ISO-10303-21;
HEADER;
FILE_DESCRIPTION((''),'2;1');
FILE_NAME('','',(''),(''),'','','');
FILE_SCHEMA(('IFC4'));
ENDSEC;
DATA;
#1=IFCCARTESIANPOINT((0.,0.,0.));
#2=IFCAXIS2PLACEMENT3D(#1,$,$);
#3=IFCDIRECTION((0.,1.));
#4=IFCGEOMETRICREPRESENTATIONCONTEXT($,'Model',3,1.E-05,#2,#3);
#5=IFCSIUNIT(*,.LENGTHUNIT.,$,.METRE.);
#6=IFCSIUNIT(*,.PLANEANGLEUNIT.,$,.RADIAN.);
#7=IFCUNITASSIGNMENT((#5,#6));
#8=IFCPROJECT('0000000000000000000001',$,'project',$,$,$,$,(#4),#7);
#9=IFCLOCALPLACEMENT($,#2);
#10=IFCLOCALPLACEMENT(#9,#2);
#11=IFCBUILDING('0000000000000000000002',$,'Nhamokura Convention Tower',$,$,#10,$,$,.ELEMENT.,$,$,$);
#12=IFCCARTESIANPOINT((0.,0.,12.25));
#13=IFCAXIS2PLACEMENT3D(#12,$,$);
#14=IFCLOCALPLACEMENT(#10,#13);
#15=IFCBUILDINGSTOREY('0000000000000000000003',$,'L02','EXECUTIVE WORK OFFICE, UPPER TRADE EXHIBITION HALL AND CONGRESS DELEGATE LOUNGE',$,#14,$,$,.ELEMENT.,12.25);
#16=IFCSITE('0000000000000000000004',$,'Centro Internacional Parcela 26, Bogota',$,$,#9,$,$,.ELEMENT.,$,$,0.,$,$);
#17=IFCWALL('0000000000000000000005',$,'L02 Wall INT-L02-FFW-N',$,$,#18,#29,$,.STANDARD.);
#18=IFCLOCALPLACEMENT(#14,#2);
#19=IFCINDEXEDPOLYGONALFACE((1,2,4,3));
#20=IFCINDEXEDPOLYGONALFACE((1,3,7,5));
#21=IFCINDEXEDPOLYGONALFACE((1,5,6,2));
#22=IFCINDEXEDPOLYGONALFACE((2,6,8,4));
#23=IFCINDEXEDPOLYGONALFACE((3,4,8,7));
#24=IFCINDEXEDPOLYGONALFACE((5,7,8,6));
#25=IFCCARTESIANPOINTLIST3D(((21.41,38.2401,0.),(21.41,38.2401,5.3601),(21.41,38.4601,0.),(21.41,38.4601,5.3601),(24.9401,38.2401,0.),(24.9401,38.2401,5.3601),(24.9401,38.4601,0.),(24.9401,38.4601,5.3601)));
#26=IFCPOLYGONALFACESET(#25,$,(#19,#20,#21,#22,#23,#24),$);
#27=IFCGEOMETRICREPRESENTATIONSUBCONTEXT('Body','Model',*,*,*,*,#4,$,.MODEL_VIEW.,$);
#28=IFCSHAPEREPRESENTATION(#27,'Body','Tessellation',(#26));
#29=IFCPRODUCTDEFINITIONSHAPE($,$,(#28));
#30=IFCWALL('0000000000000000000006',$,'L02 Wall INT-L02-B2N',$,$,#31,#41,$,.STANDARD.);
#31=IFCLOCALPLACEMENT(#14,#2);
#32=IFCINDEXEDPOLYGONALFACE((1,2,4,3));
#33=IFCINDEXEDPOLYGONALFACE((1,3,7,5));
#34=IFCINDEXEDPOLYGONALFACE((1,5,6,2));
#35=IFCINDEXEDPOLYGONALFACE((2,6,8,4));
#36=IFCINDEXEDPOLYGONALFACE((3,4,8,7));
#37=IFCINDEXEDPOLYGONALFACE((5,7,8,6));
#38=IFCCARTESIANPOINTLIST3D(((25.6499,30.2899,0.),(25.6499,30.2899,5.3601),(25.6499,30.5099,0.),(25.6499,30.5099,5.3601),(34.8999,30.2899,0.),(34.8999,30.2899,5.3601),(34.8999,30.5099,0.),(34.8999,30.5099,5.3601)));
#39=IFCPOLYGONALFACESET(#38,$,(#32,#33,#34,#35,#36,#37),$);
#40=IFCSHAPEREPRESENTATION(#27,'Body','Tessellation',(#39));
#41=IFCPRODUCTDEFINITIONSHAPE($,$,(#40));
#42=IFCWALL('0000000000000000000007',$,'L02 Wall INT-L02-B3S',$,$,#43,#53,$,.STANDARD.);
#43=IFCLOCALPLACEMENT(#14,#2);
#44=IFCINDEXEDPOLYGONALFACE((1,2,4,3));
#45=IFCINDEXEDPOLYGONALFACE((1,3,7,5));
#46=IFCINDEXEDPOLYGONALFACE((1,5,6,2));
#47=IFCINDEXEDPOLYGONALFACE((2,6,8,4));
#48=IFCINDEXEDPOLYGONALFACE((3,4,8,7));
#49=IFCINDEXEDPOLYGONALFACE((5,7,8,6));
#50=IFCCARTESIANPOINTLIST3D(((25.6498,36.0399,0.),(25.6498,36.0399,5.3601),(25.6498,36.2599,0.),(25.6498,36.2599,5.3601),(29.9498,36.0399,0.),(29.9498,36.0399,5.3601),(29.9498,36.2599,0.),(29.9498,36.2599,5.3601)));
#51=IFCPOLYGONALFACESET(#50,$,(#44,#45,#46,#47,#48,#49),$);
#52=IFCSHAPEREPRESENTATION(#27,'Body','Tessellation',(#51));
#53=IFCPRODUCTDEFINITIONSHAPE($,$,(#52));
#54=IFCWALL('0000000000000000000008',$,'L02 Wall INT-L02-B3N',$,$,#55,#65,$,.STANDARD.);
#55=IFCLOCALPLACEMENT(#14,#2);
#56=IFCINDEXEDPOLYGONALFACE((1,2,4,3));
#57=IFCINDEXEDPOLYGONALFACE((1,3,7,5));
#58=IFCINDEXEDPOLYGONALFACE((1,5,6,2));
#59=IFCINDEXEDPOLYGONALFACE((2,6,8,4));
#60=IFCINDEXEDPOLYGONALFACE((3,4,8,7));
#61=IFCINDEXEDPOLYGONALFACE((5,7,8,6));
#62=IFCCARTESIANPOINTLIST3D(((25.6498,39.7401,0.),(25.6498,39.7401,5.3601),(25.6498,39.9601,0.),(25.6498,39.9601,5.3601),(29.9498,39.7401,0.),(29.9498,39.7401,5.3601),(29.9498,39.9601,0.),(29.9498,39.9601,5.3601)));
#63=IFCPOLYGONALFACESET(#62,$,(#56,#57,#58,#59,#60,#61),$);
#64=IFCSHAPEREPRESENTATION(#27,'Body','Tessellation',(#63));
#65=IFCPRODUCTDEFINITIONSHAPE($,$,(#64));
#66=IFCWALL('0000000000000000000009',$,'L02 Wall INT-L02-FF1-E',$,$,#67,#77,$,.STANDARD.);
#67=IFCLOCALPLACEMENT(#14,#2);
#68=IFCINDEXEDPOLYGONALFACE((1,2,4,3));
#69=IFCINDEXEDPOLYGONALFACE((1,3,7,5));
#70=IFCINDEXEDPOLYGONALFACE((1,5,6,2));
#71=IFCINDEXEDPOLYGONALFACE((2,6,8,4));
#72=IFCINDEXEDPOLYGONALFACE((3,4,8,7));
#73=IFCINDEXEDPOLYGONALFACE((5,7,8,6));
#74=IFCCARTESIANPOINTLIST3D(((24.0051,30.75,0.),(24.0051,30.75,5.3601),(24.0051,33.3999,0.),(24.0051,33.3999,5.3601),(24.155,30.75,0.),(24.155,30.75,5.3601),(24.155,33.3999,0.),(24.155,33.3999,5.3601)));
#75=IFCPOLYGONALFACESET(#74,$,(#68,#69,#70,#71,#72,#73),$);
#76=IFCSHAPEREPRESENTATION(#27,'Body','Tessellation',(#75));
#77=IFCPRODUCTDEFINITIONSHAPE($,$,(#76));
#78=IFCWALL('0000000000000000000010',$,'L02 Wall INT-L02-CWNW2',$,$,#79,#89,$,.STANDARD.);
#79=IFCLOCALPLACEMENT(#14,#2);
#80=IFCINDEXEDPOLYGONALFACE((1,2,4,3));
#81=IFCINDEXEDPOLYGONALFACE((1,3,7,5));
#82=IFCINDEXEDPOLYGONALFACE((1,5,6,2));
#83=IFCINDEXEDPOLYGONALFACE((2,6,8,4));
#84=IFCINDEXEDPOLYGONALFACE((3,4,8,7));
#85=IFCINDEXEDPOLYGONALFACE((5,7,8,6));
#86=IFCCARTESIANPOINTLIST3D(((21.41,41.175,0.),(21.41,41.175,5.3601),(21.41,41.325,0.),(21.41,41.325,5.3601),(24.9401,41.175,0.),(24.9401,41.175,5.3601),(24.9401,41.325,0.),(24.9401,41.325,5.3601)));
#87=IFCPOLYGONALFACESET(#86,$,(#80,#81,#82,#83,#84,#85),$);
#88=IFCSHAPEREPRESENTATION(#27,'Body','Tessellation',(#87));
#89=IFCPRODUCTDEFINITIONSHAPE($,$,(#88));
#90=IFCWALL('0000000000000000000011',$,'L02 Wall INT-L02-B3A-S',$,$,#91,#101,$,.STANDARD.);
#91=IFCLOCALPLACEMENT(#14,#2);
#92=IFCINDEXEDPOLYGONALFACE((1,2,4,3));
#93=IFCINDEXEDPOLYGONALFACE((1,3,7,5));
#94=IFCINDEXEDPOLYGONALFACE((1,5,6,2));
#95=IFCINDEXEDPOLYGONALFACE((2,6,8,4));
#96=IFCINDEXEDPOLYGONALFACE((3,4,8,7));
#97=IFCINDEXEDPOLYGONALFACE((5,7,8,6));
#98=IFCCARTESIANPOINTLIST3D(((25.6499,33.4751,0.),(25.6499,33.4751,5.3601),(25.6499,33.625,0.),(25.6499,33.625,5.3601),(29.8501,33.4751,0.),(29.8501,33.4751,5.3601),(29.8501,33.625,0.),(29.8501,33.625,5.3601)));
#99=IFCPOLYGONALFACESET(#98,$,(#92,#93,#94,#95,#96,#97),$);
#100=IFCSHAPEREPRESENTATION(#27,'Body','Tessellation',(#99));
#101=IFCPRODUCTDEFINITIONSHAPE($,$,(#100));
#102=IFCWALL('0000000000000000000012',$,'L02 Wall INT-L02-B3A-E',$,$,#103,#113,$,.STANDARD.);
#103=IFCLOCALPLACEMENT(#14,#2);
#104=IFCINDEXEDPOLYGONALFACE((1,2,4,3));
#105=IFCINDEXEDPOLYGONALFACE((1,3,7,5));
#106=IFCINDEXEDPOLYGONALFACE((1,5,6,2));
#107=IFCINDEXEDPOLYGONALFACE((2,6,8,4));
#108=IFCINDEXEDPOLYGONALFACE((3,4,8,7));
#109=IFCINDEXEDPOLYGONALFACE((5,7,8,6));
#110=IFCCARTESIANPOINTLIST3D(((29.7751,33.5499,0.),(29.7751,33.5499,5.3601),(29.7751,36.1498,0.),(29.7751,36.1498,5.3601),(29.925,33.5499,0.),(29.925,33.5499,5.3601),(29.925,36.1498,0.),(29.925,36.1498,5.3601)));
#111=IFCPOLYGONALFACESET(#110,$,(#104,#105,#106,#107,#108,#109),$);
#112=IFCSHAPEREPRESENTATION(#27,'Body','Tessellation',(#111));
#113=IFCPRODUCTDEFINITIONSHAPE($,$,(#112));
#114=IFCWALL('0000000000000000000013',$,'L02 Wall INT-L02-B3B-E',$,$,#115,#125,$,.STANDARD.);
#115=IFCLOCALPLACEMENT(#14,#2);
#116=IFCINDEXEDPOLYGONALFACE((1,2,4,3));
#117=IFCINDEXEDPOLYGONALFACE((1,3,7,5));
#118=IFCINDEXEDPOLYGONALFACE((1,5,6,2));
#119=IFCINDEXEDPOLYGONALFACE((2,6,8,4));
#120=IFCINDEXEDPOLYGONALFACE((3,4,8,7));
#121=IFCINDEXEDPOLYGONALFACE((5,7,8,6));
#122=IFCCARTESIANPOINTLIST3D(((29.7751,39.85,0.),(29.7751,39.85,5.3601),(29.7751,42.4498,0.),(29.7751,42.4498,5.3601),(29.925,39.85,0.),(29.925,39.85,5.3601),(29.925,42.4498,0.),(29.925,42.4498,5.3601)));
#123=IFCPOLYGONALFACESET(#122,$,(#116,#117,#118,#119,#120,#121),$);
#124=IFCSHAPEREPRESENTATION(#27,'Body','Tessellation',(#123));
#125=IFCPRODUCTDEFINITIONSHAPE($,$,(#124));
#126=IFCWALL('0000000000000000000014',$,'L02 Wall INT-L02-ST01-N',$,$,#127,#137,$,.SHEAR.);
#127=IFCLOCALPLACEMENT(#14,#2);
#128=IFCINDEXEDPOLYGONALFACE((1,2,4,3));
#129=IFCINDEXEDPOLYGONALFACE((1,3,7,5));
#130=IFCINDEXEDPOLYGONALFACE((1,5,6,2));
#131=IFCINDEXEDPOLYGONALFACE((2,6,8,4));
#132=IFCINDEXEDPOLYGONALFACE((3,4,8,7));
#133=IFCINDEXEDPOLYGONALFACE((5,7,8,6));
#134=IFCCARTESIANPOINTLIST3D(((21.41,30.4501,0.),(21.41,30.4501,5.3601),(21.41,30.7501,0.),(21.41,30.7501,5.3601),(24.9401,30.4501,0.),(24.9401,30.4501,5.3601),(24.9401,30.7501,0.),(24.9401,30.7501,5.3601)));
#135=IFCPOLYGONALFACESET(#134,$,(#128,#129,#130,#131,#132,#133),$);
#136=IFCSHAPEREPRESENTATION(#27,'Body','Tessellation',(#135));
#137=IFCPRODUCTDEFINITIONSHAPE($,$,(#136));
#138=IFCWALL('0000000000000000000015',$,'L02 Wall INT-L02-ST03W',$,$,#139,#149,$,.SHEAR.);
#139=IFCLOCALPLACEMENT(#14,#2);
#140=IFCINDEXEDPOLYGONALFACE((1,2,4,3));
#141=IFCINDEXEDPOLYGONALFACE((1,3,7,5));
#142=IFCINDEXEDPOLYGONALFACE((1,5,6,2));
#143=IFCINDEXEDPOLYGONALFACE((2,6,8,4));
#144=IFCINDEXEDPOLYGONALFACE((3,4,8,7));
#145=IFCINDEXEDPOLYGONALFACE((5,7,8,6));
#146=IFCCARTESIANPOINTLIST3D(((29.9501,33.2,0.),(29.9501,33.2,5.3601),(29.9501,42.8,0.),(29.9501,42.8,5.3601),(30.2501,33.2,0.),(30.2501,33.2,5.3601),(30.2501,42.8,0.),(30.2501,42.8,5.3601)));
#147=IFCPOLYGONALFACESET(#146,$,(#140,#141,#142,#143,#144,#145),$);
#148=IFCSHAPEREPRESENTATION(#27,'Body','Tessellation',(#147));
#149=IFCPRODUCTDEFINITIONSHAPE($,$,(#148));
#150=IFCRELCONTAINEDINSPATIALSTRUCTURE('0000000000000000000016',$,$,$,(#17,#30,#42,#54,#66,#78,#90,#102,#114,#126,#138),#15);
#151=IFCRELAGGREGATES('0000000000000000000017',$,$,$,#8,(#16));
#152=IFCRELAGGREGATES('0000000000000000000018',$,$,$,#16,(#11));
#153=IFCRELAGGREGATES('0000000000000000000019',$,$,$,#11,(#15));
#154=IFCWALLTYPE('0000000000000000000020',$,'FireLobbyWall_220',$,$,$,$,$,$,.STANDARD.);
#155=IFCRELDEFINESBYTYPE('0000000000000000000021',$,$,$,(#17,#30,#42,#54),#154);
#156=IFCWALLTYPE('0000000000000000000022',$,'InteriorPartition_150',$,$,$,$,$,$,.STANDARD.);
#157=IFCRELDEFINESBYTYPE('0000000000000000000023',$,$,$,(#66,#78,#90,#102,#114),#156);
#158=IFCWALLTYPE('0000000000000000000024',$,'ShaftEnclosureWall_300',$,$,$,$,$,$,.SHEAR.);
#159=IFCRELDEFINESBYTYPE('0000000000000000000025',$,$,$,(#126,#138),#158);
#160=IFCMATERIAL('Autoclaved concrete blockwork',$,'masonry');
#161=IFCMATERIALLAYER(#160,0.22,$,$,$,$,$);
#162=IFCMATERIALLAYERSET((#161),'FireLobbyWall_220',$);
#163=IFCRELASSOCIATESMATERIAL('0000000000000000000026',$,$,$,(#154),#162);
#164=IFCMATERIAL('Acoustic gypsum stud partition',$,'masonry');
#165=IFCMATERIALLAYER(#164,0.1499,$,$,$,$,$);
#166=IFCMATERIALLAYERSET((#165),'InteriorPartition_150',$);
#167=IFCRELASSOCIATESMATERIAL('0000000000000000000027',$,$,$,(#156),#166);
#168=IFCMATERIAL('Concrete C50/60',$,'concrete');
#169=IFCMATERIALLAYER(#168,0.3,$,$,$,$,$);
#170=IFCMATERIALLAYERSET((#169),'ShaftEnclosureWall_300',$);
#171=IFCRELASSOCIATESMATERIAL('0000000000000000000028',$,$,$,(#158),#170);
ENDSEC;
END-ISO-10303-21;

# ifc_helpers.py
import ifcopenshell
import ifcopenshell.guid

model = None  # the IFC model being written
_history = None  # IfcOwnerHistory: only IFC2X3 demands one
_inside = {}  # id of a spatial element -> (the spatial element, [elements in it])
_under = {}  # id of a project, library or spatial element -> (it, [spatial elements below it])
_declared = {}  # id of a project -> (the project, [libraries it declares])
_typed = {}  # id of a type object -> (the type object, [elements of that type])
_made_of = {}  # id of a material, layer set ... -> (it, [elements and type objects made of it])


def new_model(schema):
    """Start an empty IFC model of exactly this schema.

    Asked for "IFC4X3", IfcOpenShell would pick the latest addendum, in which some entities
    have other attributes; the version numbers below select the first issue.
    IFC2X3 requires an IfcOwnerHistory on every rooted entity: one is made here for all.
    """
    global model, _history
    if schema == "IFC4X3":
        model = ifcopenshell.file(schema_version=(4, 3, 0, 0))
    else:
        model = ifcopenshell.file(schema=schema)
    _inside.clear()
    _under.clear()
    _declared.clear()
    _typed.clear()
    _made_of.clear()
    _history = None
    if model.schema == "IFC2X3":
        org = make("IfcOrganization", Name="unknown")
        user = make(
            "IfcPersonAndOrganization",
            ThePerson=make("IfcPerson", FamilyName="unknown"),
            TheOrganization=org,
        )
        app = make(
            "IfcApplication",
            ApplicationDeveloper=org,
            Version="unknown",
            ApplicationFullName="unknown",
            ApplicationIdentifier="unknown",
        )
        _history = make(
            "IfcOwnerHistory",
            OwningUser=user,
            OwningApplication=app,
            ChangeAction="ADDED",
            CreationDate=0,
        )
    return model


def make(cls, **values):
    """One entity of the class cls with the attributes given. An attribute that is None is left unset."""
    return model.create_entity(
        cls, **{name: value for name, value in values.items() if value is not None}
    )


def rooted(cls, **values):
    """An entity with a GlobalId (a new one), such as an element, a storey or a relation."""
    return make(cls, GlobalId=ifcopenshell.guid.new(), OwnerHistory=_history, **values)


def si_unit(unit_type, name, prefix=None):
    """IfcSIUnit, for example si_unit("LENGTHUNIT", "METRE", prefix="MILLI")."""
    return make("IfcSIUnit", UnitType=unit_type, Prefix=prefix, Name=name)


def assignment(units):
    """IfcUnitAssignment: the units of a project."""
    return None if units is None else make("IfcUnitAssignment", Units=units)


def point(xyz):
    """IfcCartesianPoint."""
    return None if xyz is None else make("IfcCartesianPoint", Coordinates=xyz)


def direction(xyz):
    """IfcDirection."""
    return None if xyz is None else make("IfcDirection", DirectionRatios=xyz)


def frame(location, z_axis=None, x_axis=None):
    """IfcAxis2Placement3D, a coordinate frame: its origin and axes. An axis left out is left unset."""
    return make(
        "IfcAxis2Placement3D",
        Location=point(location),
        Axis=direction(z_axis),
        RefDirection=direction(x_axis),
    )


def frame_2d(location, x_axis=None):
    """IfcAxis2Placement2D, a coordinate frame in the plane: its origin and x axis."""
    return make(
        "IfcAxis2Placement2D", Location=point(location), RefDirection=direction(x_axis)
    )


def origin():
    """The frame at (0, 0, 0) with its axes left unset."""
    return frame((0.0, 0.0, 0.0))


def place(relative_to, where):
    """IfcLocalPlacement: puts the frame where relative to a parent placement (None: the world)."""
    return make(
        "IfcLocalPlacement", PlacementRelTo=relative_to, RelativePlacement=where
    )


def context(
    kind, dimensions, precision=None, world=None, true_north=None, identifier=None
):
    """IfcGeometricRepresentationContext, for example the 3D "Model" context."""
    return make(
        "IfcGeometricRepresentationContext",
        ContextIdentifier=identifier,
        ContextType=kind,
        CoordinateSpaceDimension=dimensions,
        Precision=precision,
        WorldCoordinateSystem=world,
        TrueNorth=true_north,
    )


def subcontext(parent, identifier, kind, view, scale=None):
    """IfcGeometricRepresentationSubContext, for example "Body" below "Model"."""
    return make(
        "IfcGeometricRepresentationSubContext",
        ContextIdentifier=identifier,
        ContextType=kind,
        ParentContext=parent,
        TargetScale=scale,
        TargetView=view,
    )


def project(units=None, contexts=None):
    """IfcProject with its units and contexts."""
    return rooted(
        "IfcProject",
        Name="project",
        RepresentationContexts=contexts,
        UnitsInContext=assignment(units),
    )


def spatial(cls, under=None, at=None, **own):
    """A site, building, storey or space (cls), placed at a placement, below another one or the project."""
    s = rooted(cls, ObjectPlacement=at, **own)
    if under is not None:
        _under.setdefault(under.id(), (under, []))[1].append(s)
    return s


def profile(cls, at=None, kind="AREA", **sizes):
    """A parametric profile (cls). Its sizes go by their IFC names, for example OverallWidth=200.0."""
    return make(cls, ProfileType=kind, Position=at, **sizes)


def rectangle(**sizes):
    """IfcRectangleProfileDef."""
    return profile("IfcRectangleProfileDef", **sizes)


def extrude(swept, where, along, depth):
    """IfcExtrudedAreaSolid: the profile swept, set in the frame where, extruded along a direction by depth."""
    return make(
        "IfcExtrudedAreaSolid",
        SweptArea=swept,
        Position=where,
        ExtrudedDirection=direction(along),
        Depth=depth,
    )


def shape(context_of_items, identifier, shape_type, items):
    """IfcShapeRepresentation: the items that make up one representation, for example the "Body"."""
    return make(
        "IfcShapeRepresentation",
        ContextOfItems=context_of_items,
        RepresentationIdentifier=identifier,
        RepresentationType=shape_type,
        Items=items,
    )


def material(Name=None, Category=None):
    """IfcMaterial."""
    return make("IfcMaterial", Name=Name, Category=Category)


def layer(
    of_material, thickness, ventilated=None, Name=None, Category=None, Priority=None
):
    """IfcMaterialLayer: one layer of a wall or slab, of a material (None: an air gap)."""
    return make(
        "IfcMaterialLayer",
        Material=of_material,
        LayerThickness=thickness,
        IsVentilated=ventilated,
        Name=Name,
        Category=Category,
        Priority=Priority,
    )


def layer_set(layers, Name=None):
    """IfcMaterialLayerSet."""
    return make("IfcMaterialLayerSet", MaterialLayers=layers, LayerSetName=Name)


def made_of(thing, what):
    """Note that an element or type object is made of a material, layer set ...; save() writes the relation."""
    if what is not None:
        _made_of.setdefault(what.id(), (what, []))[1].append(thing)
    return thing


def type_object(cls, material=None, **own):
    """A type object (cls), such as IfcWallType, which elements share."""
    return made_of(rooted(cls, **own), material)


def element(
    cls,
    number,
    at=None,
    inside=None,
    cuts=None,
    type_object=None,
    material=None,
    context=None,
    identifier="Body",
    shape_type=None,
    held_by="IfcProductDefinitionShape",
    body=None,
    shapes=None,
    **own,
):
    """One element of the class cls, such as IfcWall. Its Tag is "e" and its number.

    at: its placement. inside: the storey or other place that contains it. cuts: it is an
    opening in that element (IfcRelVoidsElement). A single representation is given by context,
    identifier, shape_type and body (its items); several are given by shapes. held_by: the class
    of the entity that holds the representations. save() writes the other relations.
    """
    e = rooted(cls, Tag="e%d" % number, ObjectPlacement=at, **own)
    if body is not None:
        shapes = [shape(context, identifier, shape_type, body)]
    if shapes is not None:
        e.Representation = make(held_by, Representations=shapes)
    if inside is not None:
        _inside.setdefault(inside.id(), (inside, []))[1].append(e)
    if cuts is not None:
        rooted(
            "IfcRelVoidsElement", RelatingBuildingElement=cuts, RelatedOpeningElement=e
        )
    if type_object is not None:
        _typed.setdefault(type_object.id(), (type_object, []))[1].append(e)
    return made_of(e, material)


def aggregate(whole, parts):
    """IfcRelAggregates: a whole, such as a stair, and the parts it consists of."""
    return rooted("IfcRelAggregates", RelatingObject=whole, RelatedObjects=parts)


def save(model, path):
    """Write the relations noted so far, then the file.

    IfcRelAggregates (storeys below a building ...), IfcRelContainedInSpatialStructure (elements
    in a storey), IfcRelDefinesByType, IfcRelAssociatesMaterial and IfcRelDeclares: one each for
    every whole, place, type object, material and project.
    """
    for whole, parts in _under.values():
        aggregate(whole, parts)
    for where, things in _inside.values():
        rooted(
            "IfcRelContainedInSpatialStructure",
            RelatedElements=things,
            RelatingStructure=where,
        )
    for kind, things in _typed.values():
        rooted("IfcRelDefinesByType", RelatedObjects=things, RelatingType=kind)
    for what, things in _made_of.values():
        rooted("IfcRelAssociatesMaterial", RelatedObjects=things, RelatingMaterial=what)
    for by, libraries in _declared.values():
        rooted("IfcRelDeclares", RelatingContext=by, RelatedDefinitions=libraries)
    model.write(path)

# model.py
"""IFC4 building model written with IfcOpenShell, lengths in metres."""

from ifc_helpers import new_model, si_unit, direction, frame, frame_2d, origin, place, context, subcontext, project, spatial, rectangle, extrude, material, layer, layer_set, type_object, element, save


model = new_model("IFC4")

# Units and contexts
model_context = context("Model", 3, precision=1e-05, world=origin(), true_north=direction((0.0, 1.0)))
body_context = subcontext(model_context, "Body", "Model", "MODEL_VIEW")
ifc_project = project(units=[si_unit("LENGTHUNIT", "METRE"), si_unit("PLANEANGLEUNIT", "RADIAN")], contexts=[model_context])

# Site, building, storey
site_placement = place(None, origin())
site = spatial("IfcSite", under=ifc_project, at=site_placement, Name="Centro Internacional Parcela 26, Bogota", CompositionType="ELEMENT", RefElevation=0.0)
building_placement = place(site_placement, origin())
building = spatial("IfcBuilding", under=site, at=building_placement, Name="Nhamokura Convention Tower", CompositionType="ELEMENT")
storey_placement = place(building_placement, frame((0.0, 0.0, 12.25)))
storey = spatial("IfcBuildingStorey", under=building, at=storey_placement, Name="L02", Description="EXECUTIVE WORK OFFICE, UPPER TRADE EXHIBITION HALL AND CONGRESS DELEGATE LOUNGE", CompositionType="ELEMENT", Elevation=12.25)

# Shared definitions
ifc_material_1 = material(Name="Autoclaved concrete blockwork", Category="masonry")
ifc_layer_1 = layer(ifc_material_1, 0.22)
ifc_layer_set_1 = layer_set([ifc_layer_1], Name="FireLobbyWall_220")
wall_type_1 = type_object("IfcWallType", Name="FireLobbyWall_220", PredefinedType="STANDARD", material=ifc_layer_set_1)

# Walls
wall_1_placement = place(storey_placement, frame((21.4099, 38.3501, 0.0), z_axis=(0.0, 0.0, 1.0), x_axis=(1.0, 0.0, 0.0)))
element("IfcWall", 1, at=wall_1_placement, inside=storey, type_object=wall_type_1, Name="L02 Wall INT-L02-FFW-N", PredefinedType="STANDARD", context=body_context, shape_type="SweptSolid", body=[
    extrude(rectangle(XDim=3.53, YDim=0.22, at=frame_2d((1.7651, 0.0))), origin(), (0.0, 0.0, 1.0), 5.3601),
])
wall_2_placement = place(storey_placement, frame((25.6499, 30.3999, 0.0), z_axis=(0.0, 0.0, 1.0), x_axis=(1.0, 0.0, 0.0)))
element("IfcWall", 2, at=wall_2_placement, inside=storey, type_object=wall_type_1, Name="L02 Wall INT-L02-B2N", PredefinedType="STANDARD", context=body_context, shape_type="SweptSolid", body=[
    extrude(rectangle(XDim=9.25, YDim=0.22, at=frame_2d((4.625, 0.0))), origin(), (0.0, 0.0, 1.0), 5.3601),
])
for number, where, z_axis, x_axis, name in (
    (3, (25.6499, 36.1499, 0.0), (0.0, 0.0, 1.0), (1.0, 0.0, 0.0), "L02 Wall INT-L02-B3S"),
    (4, (25.6499, 39.8501, 0.0), (0.0, 0.0, 1.0), (1.0, 0.0, 0.0), "L02 Wall INT-L02-B3N"),
):
    element("IfcWall", number, at=place(storey_placement, frame(where, z_axis=z_axis, x_axis=x_axis)), inside=storey, type_object=wall_type_1, Name=name, PredefinedType="STANDARD", context=body_context, shape_type="SweptSolid", body=[
        extrude(rectangle(XDim=4.3, YDim=0.22, at=frame_2d((2.1499, 0.0))), origin(), (0.0, 0.0, 1.0), 5.3601),
    ])
ifc_material_2 = material(Name="Acoustic gypsum stud partition", Category="masonry")
ifc_layer_2 = layer(ifc_material_2, 0.1499)
ifc_layer_set_2 = layer_set([ifc_layer_2], Name="InteriorPartition_150")
wall_type_2 = type_object("IfcWallType", Name="InteriorPartition_150", PredefinedType="STANDARD", material=ifc_layer_set_2)
wall_3_placement = place(storey_placement, frame((24.0801, 30.75, 0.0), z_axis=(0.0, 0.0, 1.0), x_axis=(0.0, 1.0, 0.0)))
element("IfcWall", 5, at=wall_3_placement, inside=storey, type_object=wall_type_2, Name="L02 Wall INT-L02-FF1-E", PredefinedType="STANDARD", context=body_context, shape_type="SweptSolid", body=[
    extrude(rectangle(XDim=2.6499, YDim=0.1499, at=frame_2d((1.325, 0.0))), origin(), (0.0, 0.0, 1.0), 5.3601),
])
wall_4_placement = place(storey_placement, frame((21.4099, 41.25, 0.0), z_axis=(0.0, 0.0, 1.0), x_axis=(1.0, 0.0, 0.0)))
element("IfcWall", 6, at=wall_4_placement, inside=storey, type_object=wall_type_2, Name="L02 Wall INT-L02-CWNW2", PredefinedType="STANDARD", context=body_context, shape_type="SweptSolid", body=[
    extrude(rectangle(XDim=3.53, YDim=0.1499, at=frame_2d((1.7651, 0.0))), origin(), (0.0, 0.0, 1.0), 5.3601),
])
wall_5_placement = place(storey_placement, frame((25.6499, 33.55, 0.0), z_axis=(0.0, 0.0, 1.0), x_axis=(1.0, 0.0, 0.0)))
element("IfcWall", 7, at=wall_5_placement, inside=storey, type_object=wall_type_2, Name="L02 Wall INT-L02-B3A-S", PredefinedType="STANDARD", context=body_context, shape_type="SweptSolid", body=[
    extrude(rectangle(XDim=4.2002, YDim=0.1499, at=frame_2d((2.1001, 0.0))), origin(), (0.0, 0.0, 1.0), 5.3601),
])
for number, where, z_axis, x_axis, name in (
    (8, (29.8501, 33.55, 0.0), (0.0, 0.0, 1.0), (0.0, 1.0, 0.0), "L02 Wall INT-L02-B3A-E"),
    (9, (29.8501, 39.8501, 0.0), (0.0, 0.0, 1.0), (0.0, 1.0, 0.0), "L02 Wall INT-L02-B3B-E"),
):
    element("IfcWall", number, at=place(storey_placement, frame(where, z_axis=z_axis, x_axis=x_axis)), inside=storey, type_object=wall_type_2, Name=name, PredefinedType="STANDARD", context=body_context, shape_type="SweptSolid", body=[
        extrude(rectangle(XDim=2.5999, YDim=0.1499, at=frame_2d((1.2998, 0.0))), origin(), (0.0, 0.0, 1.0), 5.3601),
    ])
ifc_material_3 = material(Name="Concrete C50/60", Category="concrete")
ifc_layer_3 = layer(ifc_material_3, 0.3)
ifc_layer_set_3 = layer_set([ifc_layer_3], Name="ShaftEnclosureWall_300")
wall_type_3 = type_object("IfcWallType", Name="ShaftEnclosureWall_300", PredefinedType="SHEAR", material=ifc_layer_set_3)
wall_6_placement = place(storey_placement, frame((21.4099, 30.6001, 0.0), z_axis=(0.0, 0.0, 1.0), x_axis=(1.0, 0.0, 0.0)))
element("IfcWall", 10, at=wall_6_placement, inside=storey, type_object=wall_type_3, Name="L02 Wall INT-L02-ST01-N", PredefinedType="SHEAR", context=body_context, shape_type="SweptSolid", body=[
    extrude(rectangle(XDim=3.53, YDim=0.3, at=frame_2d((1.7651, 0.0))), origin(), (0.0, 0.0, 1.0), 5.3601),
])
wall_7_placement = place(storey_placement, frame((30.1001, 33.2, 0.0), z_axis=(0.0, 0.0, 1.0), x_axis=(0.0, 1.0, 0.0)))
element("IfcWall", 11, at=wall_7_placement, inside=storey, type_object=wall_type_3, Name="L02 Wall INT-L02-ST03W", PredefinedType="SHEAR", context=body_context, shape_type="SweptSolid", body=[
    extrude(rectangle(XDim=9.6001, YDim=0.3, at=frame_2d((4.8, 0.0))), origin(), (0.0, 0.0, 1.0), 5.3601),
])

save(model, "model.ifc")
